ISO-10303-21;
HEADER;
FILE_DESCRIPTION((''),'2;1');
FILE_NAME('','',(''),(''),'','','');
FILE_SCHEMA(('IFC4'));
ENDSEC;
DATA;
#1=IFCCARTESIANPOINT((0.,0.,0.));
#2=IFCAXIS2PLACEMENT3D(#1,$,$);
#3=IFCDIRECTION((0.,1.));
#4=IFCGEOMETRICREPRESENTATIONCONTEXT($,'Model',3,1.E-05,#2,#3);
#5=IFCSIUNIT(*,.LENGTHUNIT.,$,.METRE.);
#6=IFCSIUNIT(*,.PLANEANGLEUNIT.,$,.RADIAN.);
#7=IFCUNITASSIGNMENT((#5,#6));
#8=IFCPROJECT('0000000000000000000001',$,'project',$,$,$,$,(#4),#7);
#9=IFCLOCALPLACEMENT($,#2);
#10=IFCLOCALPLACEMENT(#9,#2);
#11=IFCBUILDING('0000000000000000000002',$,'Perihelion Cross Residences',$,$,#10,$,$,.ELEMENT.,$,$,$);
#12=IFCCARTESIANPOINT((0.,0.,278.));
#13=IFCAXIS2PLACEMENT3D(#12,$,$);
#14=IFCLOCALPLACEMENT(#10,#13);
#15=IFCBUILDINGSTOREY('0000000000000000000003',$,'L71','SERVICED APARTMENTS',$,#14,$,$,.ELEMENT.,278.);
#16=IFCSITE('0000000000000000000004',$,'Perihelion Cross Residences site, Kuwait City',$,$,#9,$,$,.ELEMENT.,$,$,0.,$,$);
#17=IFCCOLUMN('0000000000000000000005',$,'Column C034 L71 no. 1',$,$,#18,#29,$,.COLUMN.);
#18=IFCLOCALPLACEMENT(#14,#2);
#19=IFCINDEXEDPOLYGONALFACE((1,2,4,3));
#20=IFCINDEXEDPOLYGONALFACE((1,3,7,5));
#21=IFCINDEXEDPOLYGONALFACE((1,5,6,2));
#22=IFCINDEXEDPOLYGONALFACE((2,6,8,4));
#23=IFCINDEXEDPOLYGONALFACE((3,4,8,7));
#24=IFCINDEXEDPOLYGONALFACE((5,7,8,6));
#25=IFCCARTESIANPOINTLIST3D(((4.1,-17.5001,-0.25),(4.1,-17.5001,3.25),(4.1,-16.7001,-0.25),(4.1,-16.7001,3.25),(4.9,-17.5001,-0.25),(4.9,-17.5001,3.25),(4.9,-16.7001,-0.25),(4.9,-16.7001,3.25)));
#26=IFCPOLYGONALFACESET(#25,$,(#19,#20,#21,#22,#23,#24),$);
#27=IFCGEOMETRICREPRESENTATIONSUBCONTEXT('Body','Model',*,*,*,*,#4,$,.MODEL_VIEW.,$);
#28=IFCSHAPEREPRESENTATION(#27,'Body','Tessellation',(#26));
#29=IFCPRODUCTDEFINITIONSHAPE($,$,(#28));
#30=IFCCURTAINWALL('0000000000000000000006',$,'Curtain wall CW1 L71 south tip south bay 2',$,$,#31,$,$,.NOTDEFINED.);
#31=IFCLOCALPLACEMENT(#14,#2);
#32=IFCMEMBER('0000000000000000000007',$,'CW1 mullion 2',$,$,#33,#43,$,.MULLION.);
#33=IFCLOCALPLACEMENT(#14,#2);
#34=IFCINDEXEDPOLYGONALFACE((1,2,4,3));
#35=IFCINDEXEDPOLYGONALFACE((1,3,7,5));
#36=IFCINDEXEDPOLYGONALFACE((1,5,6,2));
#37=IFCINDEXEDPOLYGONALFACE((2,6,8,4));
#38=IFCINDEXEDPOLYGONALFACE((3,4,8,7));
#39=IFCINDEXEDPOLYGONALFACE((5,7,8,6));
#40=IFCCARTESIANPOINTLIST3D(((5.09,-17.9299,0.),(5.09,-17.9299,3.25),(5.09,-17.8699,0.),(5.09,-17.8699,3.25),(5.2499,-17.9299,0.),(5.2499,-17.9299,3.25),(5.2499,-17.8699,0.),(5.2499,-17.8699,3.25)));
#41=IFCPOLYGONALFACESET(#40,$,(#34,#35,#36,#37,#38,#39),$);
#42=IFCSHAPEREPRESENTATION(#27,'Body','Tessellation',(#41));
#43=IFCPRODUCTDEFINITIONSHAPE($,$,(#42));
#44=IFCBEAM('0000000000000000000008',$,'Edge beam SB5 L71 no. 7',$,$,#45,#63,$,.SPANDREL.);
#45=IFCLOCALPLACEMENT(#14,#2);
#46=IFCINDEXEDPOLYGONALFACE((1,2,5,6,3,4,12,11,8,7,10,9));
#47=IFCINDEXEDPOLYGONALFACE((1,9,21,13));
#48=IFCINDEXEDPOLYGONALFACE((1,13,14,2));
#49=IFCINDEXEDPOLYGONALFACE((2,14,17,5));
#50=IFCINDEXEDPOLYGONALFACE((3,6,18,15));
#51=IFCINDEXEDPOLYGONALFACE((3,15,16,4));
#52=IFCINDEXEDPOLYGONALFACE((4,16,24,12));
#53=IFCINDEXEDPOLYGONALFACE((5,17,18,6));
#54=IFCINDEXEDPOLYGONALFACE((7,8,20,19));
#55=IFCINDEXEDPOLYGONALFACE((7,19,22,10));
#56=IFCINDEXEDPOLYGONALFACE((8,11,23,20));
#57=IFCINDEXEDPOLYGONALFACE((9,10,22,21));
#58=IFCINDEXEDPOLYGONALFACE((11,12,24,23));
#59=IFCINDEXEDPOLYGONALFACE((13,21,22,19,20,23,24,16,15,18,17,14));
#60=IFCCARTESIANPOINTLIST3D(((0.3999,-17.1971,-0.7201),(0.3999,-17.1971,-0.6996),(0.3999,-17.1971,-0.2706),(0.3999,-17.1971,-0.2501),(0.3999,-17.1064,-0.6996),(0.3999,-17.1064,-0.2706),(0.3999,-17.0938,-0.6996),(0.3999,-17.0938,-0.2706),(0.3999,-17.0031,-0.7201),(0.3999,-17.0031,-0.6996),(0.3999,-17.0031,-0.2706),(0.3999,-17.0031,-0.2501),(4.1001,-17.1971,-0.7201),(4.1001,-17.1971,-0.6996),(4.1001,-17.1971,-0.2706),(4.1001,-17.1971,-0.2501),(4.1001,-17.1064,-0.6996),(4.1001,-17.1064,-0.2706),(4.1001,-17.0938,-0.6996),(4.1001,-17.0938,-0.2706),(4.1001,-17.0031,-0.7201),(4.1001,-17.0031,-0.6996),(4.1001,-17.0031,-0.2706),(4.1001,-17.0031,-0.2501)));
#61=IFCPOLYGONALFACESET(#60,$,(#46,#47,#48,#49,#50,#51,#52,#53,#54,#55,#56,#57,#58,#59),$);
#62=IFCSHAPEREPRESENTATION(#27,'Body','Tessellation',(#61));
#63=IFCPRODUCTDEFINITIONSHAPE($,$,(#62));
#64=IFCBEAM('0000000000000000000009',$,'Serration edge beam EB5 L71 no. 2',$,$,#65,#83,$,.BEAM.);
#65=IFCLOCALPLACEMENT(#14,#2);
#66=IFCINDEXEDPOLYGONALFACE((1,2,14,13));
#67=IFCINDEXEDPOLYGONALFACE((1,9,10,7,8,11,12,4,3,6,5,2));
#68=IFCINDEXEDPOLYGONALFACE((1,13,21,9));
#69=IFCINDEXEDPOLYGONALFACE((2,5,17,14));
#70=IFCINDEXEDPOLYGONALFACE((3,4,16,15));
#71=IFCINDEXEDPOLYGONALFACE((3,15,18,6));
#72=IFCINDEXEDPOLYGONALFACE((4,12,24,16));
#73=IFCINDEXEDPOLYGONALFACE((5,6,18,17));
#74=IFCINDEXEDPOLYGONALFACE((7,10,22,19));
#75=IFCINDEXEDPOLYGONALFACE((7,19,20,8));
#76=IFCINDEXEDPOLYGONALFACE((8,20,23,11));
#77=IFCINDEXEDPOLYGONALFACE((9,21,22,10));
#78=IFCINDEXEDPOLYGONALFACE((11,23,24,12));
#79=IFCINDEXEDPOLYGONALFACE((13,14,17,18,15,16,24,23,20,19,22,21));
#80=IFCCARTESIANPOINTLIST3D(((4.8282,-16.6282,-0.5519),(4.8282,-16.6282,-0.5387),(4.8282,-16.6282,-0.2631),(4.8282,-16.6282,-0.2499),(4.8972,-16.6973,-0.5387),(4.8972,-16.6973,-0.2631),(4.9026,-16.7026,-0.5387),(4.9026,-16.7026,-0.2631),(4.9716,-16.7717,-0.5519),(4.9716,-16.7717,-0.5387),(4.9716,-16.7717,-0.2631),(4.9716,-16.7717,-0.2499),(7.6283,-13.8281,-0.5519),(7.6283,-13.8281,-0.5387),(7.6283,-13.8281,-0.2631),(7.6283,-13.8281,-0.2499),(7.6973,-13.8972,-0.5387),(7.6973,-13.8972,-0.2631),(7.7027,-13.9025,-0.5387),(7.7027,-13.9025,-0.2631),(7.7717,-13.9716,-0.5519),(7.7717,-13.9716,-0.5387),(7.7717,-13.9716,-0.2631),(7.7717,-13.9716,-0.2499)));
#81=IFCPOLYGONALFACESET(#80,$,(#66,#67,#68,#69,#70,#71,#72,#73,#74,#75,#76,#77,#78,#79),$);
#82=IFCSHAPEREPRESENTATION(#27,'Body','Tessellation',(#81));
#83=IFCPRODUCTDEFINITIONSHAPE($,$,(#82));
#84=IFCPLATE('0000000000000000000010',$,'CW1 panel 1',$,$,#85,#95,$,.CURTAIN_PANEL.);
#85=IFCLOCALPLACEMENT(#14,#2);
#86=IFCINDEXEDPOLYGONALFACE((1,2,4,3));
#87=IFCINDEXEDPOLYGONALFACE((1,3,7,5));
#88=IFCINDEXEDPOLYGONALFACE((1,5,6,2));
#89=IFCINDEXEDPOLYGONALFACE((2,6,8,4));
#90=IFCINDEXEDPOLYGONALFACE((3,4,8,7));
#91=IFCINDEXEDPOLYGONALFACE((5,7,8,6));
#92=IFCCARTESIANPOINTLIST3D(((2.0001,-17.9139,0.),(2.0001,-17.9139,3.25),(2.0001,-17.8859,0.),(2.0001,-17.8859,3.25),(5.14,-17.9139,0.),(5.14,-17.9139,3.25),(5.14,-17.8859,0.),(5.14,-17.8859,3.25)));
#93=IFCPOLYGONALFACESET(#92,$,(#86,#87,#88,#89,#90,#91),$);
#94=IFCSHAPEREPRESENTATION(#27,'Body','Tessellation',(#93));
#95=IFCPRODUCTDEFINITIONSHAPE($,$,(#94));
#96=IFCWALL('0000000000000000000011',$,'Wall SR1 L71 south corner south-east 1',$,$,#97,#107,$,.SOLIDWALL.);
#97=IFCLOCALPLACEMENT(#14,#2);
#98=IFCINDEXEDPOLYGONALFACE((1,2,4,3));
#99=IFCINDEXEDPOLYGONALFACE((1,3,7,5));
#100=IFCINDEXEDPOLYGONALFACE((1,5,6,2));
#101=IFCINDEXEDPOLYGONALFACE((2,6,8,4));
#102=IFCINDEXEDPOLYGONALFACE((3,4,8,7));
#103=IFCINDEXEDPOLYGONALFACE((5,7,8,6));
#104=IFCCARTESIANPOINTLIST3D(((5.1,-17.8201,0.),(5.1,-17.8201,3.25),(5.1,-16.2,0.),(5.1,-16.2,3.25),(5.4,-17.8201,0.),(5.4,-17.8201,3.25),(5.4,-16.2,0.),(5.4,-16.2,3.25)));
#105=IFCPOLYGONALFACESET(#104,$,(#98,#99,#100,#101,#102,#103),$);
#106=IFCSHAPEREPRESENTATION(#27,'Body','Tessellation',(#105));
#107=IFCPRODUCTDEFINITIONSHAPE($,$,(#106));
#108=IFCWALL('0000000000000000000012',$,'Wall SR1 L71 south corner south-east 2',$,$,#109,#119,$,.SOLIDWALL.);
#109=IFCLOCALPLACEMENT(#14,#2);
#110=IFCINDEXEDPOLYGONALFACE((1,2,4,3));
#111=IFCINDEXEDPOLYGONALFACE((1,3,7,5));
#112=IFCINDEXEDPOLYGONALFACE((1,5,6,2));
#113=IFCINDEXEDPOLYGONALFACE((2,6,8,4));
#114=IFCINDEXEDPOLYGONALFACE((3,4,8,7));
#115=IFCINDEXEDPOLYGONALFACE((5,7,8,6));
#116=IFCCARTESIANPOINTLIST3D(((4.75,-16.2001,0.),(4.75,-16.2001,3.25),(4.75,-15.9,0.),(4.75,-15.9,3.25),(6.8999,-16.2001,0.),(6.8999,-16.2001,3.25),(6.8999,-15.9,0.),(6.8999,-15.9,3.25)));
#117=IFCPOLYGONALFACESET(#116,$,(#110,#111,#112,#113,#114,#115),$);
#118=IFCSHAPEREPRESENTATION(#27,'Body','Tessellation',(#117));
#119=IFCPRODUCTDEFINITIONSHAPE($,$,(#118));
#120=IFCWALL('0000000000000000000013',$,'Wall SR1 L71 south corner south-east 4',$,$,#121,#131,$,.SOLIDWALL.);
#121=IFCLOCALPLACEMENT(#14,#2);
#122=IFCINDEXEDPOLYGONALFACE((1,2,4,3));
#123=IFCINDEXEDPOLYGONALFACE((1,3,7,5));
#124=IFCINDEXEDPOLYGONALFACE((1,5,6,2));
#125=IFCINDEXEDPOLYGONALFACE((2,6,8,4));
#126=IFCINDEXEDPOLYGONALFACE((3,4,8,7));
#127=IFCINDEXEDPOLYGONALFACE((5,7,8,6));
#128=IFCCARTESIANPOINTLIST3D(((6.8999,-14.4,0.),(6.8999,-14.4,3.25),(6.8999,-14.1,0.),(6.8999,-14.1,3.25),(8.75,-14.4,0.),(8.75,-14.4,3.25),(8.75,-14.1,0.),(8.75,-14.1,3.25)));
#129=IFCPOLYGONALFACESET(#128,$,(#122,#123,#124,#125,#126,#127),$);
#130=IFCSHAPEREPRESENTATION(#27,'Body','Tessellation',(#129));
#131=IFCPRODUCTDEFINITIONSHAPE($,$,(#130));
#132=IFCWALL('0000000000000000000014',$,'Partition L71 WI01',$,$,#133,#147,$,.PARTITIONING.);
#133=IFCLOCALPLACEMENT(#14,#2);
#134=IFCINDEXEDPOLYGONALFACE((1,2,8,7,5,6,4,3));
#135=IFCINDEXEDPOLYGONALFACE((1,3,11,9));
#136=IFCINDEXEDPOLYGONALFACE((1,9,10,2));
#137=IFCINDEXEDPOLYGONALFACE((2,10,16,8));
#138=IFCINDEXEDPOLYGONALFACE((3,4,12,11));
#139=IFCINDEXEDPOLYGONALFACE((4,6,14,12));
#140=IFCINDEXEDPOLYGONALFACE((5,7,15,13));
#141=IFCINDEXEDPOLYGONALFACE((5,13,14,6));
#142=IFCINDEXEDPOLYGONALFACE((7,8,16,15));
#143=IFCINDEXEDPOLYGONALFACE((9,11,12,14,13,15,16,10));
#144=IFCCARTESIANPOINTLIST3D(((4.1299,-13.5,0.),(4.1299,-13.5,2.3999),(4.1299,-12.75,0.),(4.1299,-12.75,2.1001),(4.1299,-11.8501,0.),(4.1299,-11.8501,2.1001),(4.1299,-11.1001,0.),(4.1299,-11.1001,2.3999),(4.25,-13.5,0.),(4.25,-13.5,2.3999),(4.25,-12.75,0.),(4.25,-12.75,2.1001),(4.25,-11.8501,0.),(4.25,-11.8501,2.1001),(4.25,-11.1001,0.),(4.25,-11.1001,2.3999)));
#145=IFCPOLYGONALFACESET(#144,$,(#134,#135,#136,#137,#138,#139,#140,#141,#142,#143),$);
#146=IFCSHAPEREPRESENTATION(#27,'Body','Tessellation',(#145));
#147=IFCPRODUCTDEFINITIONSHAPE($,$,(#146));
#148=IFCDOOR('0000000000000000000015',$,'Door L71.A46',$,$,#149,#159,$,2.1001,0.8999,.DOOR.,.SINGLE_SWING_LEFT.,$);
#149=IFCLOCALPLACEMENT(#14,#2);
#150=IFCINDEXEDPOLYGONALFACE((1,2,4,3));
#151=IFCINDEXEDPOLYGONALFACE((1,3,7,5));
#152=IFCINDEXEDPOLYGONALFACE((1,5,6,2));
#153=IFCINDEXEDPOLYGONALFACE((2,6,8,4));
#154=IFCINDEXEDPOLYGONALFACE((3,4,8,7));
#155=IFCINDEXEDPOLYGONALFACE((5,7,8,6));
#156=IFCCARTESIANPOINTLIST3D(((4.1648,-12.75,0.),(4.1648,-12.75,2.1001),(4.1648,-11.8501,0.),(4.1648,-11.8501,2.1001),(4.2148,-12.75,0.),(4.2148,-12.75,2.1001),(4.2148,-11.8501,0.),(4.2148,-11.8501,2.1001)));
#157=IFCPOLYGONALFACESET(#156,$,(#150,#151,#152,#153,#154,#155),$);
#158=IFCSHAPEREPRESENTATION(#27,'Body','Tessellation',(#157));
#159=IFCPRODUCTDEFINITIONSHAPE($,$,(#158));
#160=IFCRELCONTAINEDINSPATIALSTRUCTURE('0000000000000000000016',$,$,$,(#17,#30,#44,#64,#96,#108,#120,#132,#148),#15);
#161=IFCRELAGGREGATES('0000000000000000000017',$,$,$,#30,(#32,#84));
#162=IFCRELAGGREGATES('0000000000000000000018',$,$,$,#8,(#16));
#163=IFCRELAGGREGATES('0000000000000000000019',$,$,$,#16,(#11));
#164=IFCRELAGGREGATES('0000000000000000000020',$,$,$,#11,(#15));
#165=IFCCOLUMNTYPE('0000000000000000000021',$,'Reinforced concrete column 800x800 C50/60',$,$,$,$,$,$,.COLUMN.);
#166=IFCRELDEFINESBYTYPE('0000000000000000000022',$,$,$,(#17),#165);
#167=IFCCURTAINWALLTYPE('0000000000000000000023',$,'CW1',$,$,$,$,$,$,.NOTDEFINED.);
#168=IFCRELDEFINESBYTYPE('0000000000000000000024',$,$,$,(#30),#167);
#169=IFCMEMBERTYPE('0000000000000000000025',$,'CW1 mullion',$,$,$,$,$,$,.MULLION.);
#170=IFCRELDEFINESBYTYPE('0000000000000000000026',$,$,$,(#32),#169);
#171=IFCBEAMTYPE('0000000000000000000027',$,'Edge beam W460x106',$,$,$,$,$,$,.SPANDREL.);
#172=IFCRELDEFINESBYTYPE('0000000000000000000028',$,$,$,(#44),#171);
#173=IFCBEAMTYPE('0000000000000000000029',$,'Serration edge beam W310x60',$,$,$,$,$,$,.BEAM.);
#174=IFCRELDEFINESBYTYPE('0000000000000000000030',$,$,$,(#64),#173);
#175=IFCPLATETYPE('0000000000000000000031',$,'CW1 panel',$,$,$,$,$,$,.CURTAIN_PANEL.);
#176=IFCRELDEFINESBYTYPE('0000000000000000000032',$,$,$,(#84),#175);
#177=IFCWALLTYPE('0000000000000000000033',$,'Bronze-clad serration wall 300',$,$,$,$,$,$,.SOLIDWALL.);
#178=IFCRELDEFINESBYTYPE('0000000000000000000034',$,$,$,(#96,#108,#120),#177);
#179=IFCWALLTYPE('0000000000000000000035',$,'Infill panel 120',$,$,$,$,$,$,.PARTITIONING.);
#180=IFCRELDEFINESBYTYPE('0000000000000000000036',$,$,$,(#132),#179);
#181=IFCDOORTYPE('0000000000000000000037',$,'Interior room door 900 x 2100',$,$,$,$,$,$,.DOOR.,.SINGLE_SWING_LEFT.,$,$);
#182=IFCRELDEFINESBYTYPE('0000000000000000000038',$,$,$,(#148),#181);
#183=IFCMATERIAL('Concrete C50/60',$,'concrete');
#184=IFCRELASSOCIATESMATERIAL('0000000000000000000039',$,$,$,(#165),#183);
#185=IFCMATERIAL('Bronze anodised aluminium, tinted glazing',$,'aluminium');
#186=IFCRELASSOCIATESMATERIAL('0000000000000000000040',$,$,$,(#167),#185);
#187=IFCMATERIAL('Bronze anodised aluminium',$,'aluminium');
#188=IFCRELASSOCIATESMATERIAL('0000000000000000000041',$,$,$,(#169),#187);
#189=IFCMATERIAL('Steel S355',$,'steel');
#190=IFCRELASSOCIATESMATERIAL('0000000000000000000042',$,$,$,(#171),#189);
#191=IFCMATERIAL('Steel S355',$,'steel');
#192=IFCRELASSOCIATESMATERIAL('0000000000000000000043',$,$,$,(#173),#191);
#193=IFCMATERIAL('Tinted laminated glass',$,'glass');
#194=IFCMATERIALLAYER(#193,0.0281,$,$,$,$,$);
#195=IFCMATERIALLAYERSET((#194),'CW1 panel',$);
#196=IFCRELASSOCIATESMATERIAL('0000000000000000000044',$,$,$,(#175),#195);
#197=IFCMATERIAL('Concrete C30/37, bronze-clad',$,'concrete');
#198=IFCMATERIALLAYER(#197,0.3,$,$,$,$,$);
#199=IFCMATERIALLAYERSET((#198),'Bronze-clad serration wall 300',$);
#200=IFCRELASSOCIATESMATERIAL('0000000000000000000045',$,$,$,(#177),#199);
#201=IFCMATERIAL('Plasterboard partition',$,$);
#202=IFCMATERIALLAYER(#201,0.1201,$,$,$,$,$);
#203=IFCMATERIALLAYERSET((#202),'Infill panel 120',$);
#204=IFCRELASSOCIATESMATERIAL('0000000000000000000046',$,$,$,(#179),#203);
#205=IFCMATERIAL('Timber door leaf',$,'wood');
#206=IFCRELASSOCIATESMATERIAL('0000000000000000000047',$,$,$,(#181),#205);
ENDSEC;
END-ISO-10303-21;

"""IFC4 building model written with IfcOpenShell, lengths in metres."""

from ifc_helpers import new_model, si_unit, direction, frame, frame_2d, origin, origin_2d, place, context, subcontext, project, spatial, rectangle, i_section, extrude, material, layer, layer_set, material_profile, profile_set, type_object, element, fill, aggregate, save


model = new_model("IFC4")

# Units and contexts
model_context = context("Model", 3, precision=1e-05, world=origin(), true_north=direction((0.0, 1.0)))
body_context = subcontext(model_context, "Body", "Model", "MODEL_VIEW")
ifc_project = project(units=[si_unit("LENGTHUNIT", "METRE"), si_unit("PLANEANGLEUNIT", "RADIAN")], contexts=[model_context])

# Site, building, storey
site_placement = place(None, origin())
site = spatial("IfcSite", under=ifc_project, at=site_placement, Name="Perihelion Cross Residences site, Kuwait City", CompositionType="ELEMENT", RefElevation=0.0)
building_placement = place(site_placement, origin())
building = spatial("IfcBuilding", under=site, at=building_placement, Name="Perihelion Cross Residences", CompositionType="ELEMENT")
storey_placement = place(building_placement, frame((0.0, 0.0, 278.0)))
storey = spatial("IfcBuildingStorey", under=building, at=storey_placement, Name="L71", Description="SERVICED APARTMENTS", CompositionType="ELEMENT", Elevation=278.0)

# Column
ifc_material_1 = material(Name="Concrete C50/60", Category="concrete")
ifc_material_profile_1 = material_profile(ifc_material_1, rectangle(XDim=0.8, YDim=0.8, at=origin_2d()), Name="RC 800x800")
ifc_profile_set_1 = profile_set([ifc_material_profile_1], Name="Concrete C50/60")
column_type = type_object("IfcColumnType", Name="Reinforced concrete column 800x800 C50/60", PredefinedType="COLUMN", material=ifc_profile_set_1)
column_placement = place(storey_placement, frame((4.5, -17.1001, -0.25), z_axis=(0.0, 0.0, 1.0), x_axis=(1.0, 0.0, 0.0)))
element("IfcColumn", 1, at=column_placement, inside=storey, type_object=column_type, Name="Column C034 L71 no. 1", PredefinedType="COLUMN", context=body_context, shape_type="SweptSolid", body=[
    extrude(rectangle(XDim=0.8, YDim=0.8, at=origin_2d()), origin(), (0.0, 0.0, 1.0), 3.5),
])

# Curtain wall, member
ifc_material_2 = material(Name="Bronze anodised aluminium, tinted glazing", Category="aluminium")
curtain_wall_type = type_object("IfcCurtainWallType", Name="CW1", PredefinedType="NOTDEFINED", material=ifc_material_2)
curtain_wall_placement = place(storey_placement, origin())
curtain_wall = element("IfcCurtainWall", 2, at=curtain_wall_placement, inside=storey, type_object=curtain_wall_type, Name="Curtain wall CW1 L71 south tip south bay 2", PredefinedType="NOTDEFINED")
ifc_material_3 = material(Name="Bronze anodised aluminium", Category="aluminium")
ifc_material_profile_2 = material_profile(ifc_material_3, rectangle(XDim=0.0601, YDim=0.1599, at=origin_2d()), Name="CW1 mullion")
ifc_profile_set_2 = profile_set([ifc_material_profile_2], Name="Bronze anodised aluminium")
member_type = type_object("IfcMemberType", Name="CW1 mullion", PredefinedType="MULLION", material=ifc_profile_set_2)
member_placement = place(storey_placement, frame((5.1699, -17.8999, 0.0), z_axis=(0.0, 0.0, 1.0), x_axis=(0.0, 1.0, 0.0)))
member = element("IfcMember", 3, at=member_placement, type_object=member_type, Name="CW1 mullion 2", PredefinedType="MULLION", context=body_context, shape_type="SweptSolid", body=[
    extrude(rectangle(XDim=0.0601, YDim=0.1599, at=origin_2d()), origin(), (0.0, 0.0, 1.0), 3.25),
])

# Beams
ifc_material_4 = material(Name="Steel S355", Category="steel")
ifc_material_profile_3 = material_profile(ifc_material_4, i_section(OverallWidth=0.1941, OverallDepth=0.47, WebThickness=0.0127, FlangeThickness=0.0205, at=origin_2d()), Name="W460x106")
ifc_profile_set_3 = profile_set([ifc_material_profile_3], Name="Steel S355")
beam_type_1 = type_object("IfcBeamType", Name="Edge beam W460x106", PredefinedType="SPANDREL", material=ifc_profile_set_3)
beam_1_placement = place(storey_placement, frame((0.3999, -17.1001, -0.4851), z_axis=(1.0, 0.0, 0.0), x_axis=(0.0, 1.0, 0.0)))
element("IfcBeam", 4, at=beam_1_placement, inside=storey, type_object=beam_type_1, Name="Edge beam SB5 L71 no. 7", PredefinedType="SPANDREL", context=body_context, shape_type="SweptSolid", body=[
    extrude(i_section(OverallWidth=0.1941, OverallDepth=0.47, WebThickness=0.0127, FlangeThickness=0.0205, at=origin_2d()), origin(), (0.0, 0.0, 1.0), 3.7002),
])
ifc_material_5 = material(Name="Steel S355", Category="steel")
ifc_material_profile_4 = material_profile(ifc_material_5, i_section(OverallWidth=0.2029, OverallDepth=0.302, WebThickness=0.0076, FlangeThickness=0.0132, at=origin_2d()), Name="W310x60")
ifc_profile_set_4 = profile_set([ifc_material_profile_4], Name="Steel S355")
beam_type_2 = type_object("IfcBeamType", Name="Serration edge beam W310x60", PredefinedType="BEAM", material=ifc_profile_set_4)
beam_2_placement = place(storey_placement, frame((4.8999, -16.7, -0.4009), z_axis=(0.707107, 0.707107, 0.0), x_axis=(-0.707107, 0.707107, 0.0)))
element("IfcBeam", 5, at=beam_2_placement, inside=storey, type_object=beam_type_2, Name="Serration edge beam EB5 L71 no. 2", PredefinedType="BEAM", context=body_context, shape_type="SweptSolid", body=[
    extrude(i_section(OverallWidth=0.2029, OverallDepth=0.302, WebThickness=0.0076, FlangeThickness=0.0132, at=origin_2d()), origin(), (0.0, 0.0, 1.0), 3.96),
])

# Plate
ifc_material_6 = material(Name="Tinted laminated glass", Category="glass")
ifc_layer_1 = layer(ifc_material_6, 0.0281)
ifc_layer_set_1 = layer_set([ifc_layer_1], Name="CW1 panel")
plate_type = type_object("IfcPlateType", Name="CW1 panel", PredefinedType="CURTAIN_PANEL", material=ifc_layer_set_1)
plate_placement = place(storey_placement, frame((3.5701, -17.8999, 0.0), z_axis=(0.0, 0.0, 1.0), x_axis=(1.0, 0.0, 0.0)))
plate = element("IfcPlate", 6, at=plate_placement, type_object=plate_type, Name="CW1 panel 1", PredefinedType="CURTAIN_PANEL", context=body_context, shape_type="SweptSolid", body=[
    extrude(rectangle(XDim=3.1399, YDim=0.0281, at=origin_2d()), origin(), (0.0, 0.0, 1.0), 3.25),
])
aggregate(curtain_wall, [member, plate])

# Walls
ifc_material_7 = material(Name="Concrete C30/37, bronze-clad", Category="concrete")
ifc_layer_2 = layer(ifc_material_7, 0.3)
ifc_layer_set_2 = layer_set([ifc_layer_2], Name="Bronze-clad serration wall 300")
wall_type_1 = type_object("IfcWallType", Name="Bronze-clad serration wall 300", PredefinedType="SOLIDWALL", material=ifc_layer_set_2)
wall_1_placement = place(storey_placement, frame((5.25, -17.8201, 0.0), z_axis=(0.0, 0.0, 1.0), x_axis=(0.0, 1.0, 0.0)))
element("IfcWall", 7, at=wall_1_placement, inside=storey, type_object=wall_type_1, Name="Wall SR1 L71 south corner south-east 1", PredefinedType="SOLIDWALL", context=body_context, shape_type="SweptSolid", body=[
    extrude(rectangle(XDim=1.6201, YDim=0.3, at=frame_2d((0.8101, 0.0))), origin(), (0.0, 0.0, 1.0), 3.25),
])
wall_2_placement = place(storey_placement, frame((4.75, -16.05, 0.0), z_axis=(0.0, 0.0, 1.0), x_axis=(1.0, 0.0, 0.0)))
element("IfcWall", 8, at=wall_2_placement, inside=storey, type_object=wall_type_1, Name="Wall SR1 L71 south corner south-east 2", PredefinedType="SOLIDWALL", context=body_context, shape_type="SweptSolid", body=[
    extrude(rectangle(XDim=2.1499, YDim=0.3, at=frame_2d((1.075, 0.0))), origin(), (0.0, 0.0, 1.0), 3.25),
])
wall_3_placement = place(storey_placement, frame((6.8999, -14.25, 0.0), z_axis=(0.0, 0.0, 1.0), x_axis=(1.0, 0.0, 0.0)))
element("IfcWall", 9, at=wall_3_placement, inside=storey, type_object=wall_type_1, Name="Wall SR1 L71 south corner south-east 4", PredefinedType="SOLIDWALL", context=body_context, shape_type="SweptSolid", body=[
    extrude(rectangle(XDim=1.8501, YDim=0.3, at=frame_2d((0.925, 0.0))), origin(), (0.0, 0.0, 1.0), 3.25),
])

# Wall, opening, door
ifc_material_8 = material(Name="Plasterboard partition")
ifc_layer_3 = layer(ifc_material_8, 0.1201)
ifc_layer_set_3 = layer_set([ifc_layer_3], Name="Infill panel 120")
wall_type_2 = type_object("IfcWallType", Name="Infill panel 120", PredefinedType="PARTITIONING", material=ifc_layer_set_3)
wall_4_placement = place(storey_placement, frame((4.1899, -11.1001, 0.0), z_axis=(0.0, 0.0, 1.0), x_axis=(0.0, -1.0, 0.0)))
wall_4 = element("IfcWall", 10, at=wall_4_placement, inside=storey, type_object=wall_type_2, Name="Partition L71 WI01", PredefinedType="PARTITIONING", context=body_context, shape_type="SweptSolid", body=[
    extrude(rectangle(XDim=2.3999, YDim=0.1201, at=frame_2d((1.2, 0.0))), origin(), (0.0, 0.0, 1.0), 2.3999),
])
opening_1_placement = place(wall_4_placement, frame((0.75, 0.0, 0.0)))
opening_1 = element("IfcOpeningElement", 11, at=opening_1_placement, cuts=wall_4, PredefinedType="OPENING", context=body_context, shape_type="SweptSolid", body=[
    extrude(rectangle(XDim=0.8999, YDim=2.1001, at=frame_2d((0.45, 1.05))), frame((0.0, 0.0701, 0.0), z_axis=(0.0, -1.0, 0.0), x_axis=(1.0, 0.0, 0.0)), (0.0, 0.0, 1.0), 0.1401),
])
ifc_material_9 = material(Name="Timber door leaf", Category="wood")
door_type_1 = type_object("IfcDoorType", Name="Interior room door 900 x 2100", OperationType="SINGLE_SWING_LEFT", PredefinedType="DOOR", material=ifc_material_9)
door_1_placement = place(opening_1_placement, origin())
door_1 = element("IfcDoor", 12, at=door_1_placement, inside=storey, type_object=door_type_1, Name="Door L71.A46", OperationType="SINGLE_SWING_LEFT", OverallHeight=2.1001, OverallWidth=0.8999, PredefinedType="DOOR", context=body_context, shape_type="SweptSolid", body=[
    extrude(rectangle(XDim=0.8999, YDim=2.1001, at=frame_2d((0.45, 1.05))), frame((0.0, 0.0249, 0.0), z_axis=(0.0, -1.0, 0.0), x_axis=(1.0, 0.0, 0.0)), (0.0, 0.0, 1.0), 0.05),
])
fill(opening_1, door_1)

save(model, "model.ifc")
